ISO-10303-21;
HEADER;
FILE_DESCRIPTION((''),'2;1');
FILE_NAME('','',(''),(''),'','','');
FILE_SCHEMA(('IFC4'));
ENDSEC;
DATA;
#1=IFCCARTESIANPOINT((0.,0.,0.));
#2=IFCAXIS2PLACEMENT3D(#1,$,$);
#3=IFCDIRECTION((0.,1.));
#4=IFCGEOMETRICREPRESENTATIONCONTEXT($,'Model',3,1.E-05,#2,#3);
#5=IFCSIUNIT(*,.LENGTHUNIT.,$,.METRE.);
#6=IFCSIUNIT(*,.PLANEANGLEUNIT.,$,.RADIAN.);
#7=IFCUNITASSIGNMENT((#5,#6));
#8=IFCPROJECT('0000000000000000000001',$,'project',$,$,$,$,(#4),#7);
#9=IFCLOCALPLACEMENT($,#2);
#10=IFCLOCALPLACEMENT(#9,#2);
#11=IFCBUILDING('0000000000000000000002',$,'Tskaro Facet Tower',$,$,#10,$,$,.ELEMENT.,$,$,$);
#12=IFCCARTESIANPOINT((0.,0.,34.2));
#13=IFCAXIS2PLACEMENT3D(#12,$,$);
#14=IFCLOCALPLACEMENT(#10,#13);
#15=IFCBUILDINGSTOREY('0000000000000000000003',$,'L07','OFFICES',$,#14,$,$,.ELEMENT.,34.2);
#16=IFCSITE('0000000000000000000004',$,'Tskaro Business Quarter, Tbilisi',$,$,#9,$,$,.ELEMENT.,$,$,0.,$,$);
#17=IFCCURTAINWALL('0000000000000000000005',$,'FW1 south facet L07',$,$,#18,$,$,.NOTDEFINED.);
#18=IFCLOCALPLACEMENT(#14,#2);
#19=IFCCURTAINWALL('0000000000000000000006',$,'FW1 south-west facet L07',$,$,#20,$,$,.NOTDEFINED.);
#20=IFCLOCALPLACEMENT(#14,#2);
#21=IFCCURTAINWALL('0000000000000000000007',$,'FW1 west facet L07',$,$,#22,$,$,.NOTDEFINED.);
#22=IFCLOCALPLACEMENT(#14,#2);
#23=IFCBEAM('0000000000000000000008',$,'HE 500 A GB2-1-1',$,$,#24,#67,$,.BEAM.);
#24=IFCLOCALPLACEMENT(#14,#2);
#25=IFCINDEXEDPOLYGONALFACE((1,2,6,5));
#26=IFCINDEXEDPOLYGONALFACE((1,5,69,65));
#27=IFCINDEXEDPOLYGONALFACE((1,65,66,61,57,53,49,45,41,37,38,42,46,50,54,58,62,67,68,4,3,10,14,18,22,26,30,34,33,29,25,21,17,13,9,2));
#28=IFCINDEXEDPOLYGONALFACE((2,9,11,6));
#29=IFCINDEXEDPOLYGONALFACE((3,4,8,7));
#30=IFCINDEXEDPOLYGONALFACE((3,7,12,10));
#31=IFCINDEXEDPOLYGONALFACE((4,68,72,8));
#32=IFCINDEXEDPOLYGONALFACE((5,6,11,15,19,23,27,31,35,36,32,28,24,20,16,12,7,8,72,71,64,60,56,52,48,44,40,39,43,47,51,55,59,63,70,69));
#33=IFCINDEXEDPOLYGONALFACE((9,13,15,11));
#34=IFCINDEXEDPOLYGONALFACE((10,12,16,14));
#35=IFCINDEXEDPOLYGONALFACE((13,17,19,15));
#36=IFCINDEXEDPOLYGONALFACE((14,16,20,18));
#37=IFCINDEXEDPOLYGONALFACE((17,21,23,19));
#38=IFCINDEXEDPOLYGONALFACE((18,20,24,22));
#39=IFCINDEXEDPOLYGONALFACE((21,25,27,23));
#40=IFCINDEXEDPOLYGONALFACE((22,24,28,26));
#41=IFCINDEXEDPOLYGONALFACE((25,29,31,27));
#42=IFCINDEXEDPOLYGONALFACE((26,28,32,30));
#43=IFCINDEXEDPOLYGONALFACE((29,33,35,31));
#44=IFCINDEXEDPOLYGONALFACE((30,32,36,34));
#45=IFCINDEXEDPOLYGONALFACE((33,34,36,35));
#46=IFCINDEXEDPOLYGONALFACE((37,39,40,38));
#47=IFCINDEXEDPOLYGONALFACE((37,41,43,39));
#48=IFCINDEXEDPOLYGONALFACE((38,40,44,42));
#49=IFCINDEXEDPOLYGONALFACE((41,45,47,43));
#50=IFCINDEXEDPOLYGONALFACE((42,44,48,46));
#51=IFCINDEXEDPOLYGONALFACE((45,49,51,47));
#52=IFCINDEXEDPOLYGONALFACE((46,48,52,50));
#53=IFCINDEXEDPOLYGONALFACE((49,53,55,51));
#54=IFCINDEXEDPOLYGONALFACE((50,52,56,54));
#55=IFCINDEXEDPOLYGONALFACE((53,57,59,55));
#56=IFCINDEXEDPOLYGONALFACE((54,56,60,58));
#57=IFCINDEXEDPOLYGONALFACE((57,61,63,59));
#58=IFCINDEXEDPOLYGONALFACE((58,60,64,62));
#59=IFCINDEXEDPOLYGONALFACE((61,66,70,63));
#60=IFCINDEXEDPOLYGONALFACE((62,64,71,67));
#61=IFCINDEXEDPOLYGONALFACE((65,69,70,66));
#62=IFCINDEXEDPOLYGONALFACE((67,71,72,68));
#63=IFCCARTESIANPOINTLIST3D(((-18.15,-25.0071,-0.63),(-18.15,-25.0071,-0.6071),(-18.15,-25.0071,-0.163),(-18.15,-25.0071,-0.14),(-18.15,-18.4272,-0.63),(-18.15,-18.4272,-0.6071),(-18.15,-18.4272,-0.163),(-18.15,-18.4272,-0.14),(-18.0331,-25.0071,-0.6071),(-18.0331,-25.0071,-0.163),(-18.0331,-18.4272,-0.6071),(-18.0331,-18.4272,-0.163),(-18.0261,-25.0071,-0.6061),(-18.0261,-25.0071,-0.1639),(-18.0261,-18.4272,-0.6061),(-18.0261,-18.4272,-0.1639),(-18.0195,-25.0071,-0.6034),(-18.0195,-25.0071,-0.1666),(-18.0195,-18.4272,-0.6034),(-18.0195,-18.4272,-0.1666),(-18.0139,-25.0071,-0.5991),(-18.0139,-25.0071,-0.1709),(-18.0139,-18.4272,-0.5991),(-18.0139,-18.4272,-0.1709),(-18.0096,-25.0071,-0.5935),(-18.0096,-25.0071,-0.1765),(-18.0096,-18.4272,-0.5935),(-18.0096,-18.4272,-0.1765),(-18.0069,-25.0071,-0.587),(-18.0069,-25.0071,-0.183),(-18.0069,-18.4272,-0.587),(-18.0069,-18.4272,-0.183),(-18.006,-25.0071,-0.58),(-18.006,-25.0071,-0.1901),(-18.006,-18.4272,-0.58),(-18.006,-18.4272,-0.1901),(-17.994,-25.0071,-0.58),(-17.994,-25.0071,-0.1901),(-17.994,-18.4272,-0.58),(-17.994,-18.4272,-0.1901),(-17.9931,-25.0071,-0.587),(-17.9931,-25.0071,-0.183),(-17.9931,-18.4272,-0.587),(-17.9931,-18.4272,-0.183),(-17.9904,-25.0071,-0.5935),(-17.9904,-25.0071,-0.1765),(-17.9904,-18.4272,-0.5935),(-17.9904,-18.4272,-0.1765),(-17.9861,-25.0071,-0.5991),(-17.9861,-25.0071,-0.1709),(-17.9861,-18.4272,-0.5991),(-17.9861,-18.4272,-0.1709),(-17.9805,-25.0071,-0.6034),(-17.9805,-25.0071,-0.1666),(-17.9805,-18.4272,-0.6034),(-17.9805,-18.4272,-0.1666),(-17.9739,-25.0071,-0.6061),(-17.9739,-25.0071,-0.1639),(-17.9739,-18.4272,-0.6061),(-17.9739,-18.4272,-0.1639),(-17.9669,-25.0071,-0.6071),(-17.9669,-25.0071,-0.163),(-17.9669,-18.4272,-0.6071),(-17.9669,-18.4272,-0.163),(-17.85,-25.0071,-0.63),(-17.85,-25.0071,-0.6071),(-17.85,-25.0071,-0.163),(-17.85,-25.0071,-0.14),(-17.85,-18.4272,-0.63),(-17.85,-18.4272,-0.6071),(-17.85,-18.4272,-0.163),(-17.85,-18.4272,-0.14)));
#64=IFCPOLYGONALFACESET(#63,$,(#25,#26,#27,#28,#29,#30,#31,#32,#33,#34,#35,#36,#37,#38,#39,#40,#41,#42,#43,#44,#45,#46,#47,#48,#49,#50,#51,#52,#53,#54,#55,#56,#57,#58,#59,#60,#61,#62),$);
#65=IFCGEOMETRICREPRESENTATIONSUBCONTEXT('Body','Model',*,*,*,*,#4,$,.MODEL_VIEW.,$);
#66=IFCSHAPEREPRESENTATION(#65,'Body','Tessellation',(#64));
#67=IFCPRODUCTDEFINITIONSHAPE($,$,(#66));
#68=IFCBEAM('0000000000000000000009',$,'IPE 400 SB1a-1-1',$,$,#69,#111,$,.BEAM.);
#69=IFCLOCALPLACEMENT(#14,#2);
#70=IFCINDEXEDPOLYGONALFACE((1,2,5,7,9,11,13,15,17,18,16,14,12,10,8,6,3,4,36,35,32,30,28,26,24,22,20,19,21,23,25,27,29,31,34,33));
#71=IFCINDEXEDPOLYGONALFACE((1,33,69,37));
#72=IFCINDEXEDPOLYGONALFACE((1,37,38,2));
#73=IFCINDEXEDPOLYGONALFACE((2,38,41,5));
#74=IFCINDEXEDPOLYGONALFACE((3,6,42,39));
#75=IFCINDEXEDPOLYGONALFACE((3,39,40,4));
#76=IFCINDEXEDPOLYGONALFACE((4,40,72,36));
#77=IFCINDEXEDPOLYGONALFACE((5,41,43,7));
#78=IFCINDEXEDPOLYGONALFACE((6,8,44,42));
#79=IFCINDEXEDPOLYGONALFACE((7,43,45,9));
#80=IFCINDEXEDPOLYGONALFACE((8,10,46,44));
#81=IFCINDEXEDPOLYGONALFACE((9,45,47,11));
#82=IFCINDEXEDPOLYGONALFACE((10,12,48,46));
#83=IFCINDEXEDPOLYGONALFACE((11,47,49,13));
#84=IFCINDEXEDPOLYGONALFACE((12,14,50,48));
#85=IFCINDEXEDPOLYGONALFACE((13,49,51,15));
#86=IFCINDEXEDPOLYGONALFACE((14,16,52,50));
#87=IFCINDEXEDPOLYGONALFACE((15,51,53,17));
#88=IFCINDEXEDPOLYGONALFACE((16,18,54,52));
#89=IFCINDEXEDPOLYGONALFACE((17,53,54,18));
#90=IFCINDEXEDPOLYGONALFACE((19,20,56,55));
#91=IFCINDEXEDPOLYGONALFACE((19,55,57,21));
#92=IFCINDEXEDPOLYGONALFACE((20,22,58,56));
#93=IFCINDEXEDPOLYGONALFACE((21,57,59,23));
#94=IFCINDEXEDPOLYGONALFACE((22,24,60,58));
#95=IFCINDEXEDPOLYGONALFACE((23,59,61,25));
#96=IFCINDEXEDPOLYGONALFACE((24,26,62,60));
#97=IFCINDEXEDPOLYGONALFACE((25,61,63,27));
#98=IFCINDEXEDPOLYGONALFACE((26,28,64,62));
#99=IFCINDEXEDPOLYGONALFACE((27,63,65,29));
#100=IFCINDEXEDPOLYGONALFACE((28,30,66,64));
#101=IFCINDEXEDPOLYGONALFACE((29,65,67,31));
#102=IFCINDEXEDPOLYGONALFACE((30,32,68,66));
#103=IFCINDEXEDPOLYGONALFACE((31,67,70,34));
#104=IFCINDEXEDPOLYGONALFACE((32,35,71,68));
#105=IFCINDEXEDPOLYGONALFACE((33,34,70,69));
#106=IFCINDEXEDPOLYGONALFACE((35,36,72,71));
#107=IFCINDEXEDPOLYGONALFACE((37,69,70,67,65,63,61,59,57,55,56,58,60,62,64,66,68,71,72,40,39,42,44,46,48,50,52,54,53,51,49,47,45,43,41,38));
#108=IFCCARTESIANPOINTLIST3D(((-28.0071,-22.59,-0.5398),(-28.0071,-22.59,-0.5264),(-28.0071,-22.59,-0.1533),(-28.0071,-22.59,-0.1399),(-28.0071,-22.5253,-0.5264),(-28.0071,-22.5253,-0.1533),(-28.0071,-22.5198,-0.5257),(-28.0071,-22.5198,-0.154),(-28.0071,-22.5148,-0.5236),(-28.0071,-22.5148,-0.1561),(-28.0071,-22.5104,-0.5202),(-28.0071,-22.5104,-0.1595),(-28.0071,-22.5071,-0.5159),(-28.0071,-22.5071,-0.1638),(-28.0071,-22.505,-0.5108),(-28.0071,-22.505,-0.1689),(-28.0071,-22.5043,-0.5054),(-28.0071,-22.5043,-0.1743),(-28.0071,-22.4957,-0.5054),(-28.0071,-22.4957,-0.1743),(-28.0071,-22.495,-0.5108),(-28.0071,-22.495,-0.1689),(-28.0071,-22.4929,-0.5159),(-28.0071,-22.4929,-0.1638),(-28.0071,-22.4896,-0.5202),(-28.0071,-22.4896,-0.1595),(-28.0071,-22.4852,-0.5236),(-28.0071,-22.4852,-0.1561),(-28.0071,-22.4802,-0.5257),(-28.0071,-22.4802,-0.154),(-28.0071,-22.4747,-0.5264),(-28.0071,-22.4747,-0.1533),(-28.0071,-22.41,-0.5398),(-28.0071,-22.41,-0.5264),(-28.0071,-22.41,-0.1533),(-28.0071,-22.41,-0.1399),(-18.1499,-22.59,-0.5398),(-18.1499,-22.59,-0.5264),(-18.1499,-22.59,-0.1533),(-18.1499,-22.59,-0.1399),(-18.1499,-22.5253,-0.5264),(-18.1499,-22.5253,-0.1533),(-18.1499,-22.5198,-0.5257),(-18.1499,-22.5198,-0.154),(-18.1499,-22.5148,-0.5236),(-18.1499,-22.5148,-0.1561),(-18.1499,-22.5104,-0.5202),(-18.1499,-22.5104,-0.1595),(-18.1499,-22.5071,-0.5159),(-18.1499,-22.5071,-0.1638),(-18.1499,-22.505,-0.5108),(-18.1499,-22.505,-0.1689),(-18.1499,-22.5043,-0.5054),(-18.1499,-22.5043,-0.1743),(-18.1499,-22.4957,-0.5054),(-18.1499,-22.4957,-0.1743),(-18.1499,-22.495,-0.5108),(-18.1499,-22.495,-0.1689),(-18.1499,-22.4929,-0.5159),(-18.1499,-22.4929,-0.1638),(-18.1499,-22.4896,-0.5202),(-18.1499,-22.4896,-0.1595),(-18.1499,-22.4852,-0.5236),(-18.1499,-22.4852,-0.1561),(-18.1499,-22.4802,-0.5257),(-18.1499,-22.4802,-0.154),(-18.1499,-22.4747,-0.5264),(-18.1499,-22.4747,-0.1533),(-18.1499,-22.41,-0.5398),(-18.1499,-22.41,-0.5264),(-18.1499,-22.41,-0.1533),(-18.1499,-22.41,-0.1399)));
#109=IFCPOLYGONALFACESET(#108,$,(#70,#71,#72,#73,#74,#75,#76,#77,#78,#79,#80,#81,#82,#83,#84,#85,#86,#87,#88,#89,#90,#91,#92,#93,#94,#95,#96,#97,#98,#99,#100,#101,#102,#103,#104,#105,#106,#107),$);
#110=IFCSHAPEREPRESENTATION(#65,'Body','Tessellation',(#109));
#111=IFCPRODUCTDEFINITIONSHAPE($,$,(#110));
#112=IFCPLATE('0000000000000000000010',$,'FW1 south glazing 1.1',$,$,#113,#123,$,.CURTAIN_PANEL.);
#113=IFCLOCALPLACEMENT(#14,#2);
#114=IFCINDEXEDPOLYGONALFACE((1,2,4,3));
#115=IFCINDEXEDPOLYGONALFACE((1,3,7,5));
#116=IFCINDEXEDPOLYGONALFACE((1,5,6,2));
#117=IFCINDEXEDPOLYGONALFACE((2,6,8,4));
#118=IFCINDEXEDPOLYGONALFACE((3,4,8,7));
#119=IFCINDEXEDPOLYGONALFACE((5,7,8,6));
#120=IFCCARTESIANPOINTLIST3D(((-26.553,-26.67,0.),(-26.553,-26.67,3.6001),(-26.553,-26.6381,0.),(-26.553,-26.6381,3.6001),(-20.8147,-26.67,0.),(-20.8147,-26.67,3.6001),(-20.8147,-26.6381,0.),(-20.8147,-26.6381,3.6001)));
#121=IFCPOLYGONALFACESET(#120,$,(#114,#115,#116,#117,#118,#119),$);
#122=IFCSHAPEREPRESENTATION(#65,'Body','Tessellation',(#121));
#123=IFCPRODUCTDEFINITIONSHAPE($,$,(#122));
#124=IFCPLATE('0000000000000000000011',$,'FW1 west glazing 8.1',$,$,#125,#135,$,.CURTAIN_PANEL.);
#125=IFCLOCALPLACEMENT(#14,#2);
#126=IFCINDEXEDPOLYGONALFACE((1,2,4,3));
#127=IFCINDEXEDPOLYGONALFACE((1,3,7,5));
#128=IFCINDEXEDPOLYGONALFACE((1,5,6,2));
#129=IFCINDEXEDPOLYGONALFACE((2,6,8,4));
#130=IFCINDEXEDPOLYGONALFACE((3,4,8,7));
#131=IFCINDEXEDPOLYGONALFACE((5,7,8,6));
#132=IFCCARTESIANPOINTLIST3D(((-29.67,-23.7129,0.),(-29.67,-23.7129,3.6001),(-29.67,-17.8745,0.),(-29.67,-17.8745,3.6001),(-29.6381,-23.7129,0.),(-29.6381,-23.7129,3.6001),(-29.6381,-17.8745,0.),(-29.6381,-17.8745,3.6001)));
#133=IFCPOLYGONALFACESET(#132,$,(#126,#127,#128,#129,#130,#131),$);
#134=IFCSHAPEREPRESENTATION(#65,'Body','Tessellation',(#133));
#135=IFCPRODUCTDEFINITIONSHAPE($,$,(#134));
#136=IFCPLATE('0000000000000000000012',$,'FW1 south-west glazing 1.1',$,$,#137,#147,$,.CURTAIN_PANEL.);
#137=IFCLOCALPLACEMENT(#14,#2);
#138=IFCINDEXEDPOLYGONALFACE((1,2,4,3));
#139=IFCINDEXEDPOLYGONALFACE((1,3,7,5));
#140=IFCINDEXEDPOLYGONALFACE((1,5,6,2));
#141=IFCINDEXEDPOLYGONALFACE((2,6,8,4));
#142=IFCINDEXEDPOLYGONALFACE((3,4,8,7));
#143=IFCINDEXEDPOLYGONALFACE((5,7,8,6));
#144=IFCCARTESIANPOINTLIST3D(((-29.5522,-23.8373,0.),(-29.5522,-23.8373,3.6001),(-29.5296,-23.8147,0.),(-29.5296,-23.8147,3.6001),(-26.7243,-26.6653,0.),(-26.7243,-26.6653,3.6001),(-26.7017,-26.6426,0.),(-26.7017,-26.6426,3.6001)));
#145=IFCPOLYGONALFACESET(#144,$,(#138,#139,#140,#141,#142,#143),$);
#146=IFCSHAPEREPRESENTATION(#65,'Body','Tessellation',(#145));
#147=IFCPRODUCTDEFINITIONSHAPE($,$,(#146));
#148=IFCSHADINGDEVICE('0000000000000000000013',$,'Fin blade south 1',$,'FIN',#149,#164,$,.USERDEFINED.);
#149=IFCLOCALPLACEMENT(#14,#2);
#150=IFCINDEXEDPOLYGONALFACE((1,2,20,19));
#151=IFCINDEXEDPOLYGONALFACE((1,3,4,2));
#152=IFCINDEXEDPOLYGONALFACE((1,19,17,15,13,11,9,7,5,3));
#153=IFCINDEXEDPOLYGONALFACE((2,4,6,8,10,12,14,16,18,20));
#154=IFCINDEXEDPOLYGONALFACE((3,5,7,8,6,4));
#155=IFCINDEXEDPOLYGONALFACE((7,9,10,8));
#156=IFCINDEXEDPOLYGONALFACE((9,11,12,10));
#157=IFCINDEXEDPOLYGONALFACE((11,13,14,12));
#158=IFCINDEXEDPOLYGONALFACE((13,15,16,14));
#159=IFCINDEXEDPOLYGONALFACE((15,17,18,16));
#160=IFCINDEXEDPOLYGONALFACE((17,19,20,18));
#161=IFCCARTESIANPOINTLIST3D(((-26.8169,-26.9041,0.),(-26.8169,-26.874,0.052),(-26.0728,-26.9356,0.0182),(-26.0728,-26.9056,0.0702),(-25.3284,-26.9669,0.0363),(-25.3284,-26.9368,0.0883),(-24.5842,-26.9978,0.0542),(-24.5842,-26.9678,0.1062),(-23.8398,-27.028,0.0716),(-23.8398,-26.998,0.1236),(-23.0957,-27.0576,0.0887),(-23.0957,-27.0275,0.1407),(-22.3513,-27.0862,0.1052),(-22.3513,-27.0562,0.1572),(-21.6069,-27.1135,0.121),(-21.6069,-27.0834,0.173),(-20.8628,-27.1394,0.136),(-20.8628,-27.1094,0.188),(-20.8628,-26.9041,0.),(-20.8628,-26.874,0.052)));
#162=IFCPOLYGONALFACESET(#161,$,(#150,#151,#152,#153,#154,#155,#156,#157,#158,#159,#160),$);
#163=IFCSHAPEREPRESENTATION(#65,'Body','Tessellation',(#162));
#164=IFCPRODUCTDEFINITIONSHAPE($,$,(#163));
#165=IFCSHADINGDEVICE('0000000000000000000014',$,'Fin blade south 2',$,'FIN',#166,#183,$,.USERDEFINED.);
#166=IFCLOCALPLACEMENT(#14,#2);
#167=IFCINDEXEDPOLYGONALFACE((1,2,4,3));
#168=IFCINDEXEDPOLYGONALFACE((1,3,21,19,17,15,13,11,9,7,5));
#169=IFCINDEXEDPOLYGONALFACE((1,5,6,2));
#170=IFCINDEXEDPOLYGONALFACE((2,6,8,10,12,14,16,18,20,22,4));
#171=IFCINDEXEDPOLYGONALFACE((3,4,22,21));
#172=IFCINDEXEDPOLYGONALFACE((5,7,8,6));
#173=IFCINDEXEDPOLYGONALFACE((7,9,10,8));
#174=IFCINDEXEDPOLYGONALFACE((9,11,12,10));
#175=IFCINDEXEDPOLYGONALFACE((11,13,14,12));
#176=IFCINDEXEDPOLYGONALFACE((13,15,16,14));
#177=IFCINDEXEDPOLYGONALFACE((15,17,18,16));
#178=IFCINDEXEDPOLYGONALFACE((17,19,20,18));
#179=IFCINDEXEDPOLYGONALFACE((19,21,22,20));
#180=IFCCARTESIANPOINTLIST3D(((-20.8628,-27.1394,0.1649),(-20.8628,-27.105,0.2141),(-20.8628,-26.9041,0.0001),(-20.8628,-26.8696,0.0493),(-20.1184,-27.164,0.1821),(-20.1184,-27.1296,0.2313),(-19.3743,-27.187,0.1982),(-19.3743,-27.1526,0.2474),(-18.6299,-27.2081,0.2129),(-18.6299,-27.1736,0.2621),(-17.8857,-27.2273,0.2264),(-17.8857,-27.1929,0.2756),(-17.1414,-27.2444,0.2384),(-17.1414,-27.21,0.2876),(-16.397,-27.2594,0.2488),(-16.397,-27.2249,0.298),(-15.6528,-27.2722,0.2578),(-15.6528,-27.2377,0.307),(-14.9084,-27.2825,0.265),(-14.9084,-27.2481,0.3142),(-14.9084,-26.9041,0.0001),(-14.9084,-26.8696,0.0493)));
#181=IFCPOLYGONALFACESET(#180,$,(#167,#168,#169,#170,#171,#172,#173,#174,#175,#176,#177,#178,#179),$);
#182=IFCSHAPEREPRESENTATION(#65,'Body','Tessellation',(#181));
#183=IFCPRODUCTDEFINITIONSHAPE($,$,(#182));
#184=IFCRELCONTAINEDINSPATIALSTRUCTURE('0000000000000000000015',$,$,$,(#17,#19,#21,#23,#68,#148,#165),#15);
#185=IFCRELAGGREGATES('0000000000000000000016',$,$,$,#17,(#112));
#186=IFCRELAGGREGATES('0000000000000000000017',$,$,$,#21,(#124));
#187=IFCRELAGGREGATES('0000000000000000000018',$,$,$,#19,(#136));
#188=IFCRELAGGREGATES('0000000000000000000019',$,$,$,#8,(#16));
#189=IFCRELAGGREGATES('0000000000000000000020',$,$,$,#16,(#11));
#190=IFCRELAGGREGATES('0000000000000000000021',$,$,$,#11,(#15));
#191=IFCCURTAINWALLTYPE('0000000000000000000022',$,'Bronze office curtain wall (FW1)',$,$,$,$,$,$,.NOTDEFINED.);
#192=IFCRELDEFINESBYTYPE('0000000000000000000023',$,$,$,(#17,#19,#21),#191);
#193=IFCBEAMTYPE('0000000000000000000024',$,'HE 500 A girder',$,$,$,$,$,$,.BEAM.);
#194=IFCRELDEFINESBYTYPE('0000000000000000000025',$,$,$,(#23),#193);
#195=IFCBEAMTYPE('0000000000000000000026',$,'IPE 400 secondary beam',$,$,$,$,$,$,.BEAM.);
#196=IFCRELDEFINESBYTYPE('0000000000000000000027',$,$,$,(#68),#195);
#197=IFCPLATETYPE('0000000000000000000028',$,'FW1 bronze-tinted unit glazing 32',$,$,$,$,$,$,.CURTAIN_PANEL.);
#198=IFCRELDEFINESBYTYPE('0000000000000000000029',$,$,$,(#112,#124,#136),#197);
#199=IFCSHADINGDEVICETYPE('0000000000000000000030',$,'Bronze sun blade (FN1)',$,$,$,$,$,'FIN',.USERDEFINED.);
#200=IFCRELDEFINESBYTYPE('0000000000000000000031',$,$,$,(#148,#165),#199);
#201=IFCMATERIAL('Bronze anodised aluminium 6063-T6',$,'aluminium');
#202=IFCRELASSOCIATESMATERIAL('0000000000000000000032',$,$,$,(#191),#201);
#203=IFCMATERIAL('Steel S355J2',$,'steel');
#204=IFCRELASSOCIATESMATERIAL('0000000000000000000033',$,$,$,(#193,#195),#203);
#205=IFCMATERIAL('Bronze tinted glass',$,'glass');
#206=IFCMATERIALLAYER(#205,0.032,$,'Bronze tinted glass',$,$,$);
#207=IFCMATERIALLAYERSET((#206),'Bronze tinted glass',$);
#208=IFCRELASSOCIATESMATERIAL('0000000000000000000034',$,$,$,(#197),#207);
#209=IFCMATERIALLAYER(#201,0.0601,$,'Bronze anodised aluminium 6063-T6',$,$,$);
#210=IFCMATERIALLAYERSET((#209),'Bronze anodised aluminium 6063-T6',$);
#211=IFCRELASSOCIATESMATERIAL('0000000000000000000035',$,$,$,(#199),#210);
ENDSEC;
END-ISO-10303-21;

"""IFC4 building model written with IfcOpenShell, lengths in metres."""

from ifc_helpers import new_model, si_unit, direction, frame, origin, origin_2d, place, context, subcontext, project, spatial, polyline, rectangle, i_section, outline, extrude, material, layer, layer_set, material_profile, profile_set, type_object, element, aggregate, save


model = new_model("IFC4")

# Units and contexts
model_context = context("Model", 3, precision=1e-05, world=origin(), true_north=direction((0.0, 1.0)))
body_context = subcontext(model_context, "Body", "Model", "MODEL_VIEW")
ifc_project = project(units=[si_unit("LENGTHUNIT", "METRE"), si_unit("PLANEANGLEUNIT", "RADIAN")], contexts=[model_context])

# Site, building, storey
site_placement = place(None, origin())
site = spatial("IfcSite", under=ifc_project, at=site_placement, Name="Tskaro Business Quarter, Tbilisi", CompositionType="ELEMENT", RefElevation=0.0)
building_placement = place(site_placement, origin())
building = spatial("IfcBuilding", under=site, at=building_placement, Name="Tskaro Facet Tower", CompositionType="ELEMENT")
storey_placement = place(building_placement, frame((0.0, 0.0, 34.2)))
storey = spatial("IfcBuildingStorey", under=building, at=storey_placement, Name="L07", Description="OFFICES", CompositionType="ELEMENT", Elevation=34.2)

# Curtain walls
ifc_material_1 = material(Name="Bronze anodised aluminium 6063-T6", Category="aluminium")
curtain_wall_type = type_object("IfcCurtainWallType", Name="Bronze office curtain wall (FW1)", PredefinedType="NOTDEFINED", material=ifc_material_1)
curtain_wall_1_placement = place(storey_placement, origin())
curtain_wall_1 = element("IfcCurtainWall", 1, at=curtain_wall_1_placement, inside=storey, type_object=curtain_wall_type, Name="FW1 south facet L07", PredefinedType="NOTDEFINED")
curtain_wall_2_placement = place(storey_placement, origin())
curtain_wall_2 = element("IfcCurtainWall", 2, at=curtain_wall_2_placement, inside=storey, type_object=curtain_wall_type, Name="FW1 south-west facet L07", PredefinedType="NOTDEFINED")

# Curtain wall
curtain_wall_3_placement = place(storey_placement, origin())
curtain_wall_3 = element("IfcCurtainWall", 3, at=curtain_wall_3_placement, inside=storey, type_object=curtain_wall_type, Name="FW1 west facet L07", PredefinedType="NOTDEFINED")

# Beams
ifc_material_2 = material(Name="Steel S355J2", Category="steel")
ifc_material_profile_1 = material_profile(ifc_material_2, i_section(OverallWidth=0.3, OverallDepth=0.49, WebThickness=0.012, FlangeThickness=0.0229, FilletRadius=0.0271, at=origin_2d()), Name="HE 500 A")
ifc_profile_set_1 = profile_set([ifc_material_profile_1], Name="Steel S355J2")
beam_type_1 = type_object("IfcBeamType", Name="HE 500 A girder", PredefinedType="BEAM", material=ifc_profile_set_1)
beam_1_placement = place(storey_placement, frame((-18.0, -25.0071, -0.385), z_axis=(0.0, 1.0, 0.0), x_axis=(-1.0, 0.0, 0.0)))
element("IfcBeam", 4, at=beam_1_placement, inside=storey, type_object=beam_type_1, Name="HE 500 A GB2-1-1", PredefinedType="BEAM", context=body_context, shape_type="SweptSolid", body=[
    extrude(i_section(OverallWidth=0.3, OverallDepth=0.49, WebThickness=0.012, FlangeThickness=0.0229, FilletRadius=0.0271, at=origin_2d()), origin(), (0.0, 0.0, 1.0), 6.5798),
])
ifc_material_profile_2 = material_profile(ifc_material_2, i_section(OverallWidth=0.1799, OverallDepth=0.3999, WebThickness=0.0085, FlangeThickness=0.0134, FilletRadius=0.021, at=origin_2d()), Name="IPE 400")
ifc_profile_set_2 = profile_set([ifc_material_profile_2], Name="Steel S355J2")
beam_type_2 = type_object("IfcBeamType", Name="IPE 400 secondary beam", PredefinedType="BEAM", material=ifc_profile_set_2)
beam_2_placement = place(storey_placement, frame((-28.0071, -22.5, -0.3398), z_axis=(1.0, 0.0, 0.0), x_axis=(0.0, 1.0, 0.0)))
element("IfcBeam", 5, at=beam_2_placement, inside=storey, type_object=beam_type_2, Name="IPE 400 SB1a-1-1", PredefinedType="BEAM", context=body_context, shape_type="SweptSolid", body=[
    extrude(i_section(OverallWidth=0.1799, OverallDepth=0.3999, WebThickness=0.0085, FlangeThickness=0.0134, FilletRadius=0.021, at=origin_2d()), origin(), (0.0, 0.0, 1.0), 9.8572),
])

# Plates
ifc_material_3 = material(Name="Bronze tinted glass", Category="glass")
ifc_layer_1 = layer(ifc_material_3, 0.032, Name="Bronze tinted glass")
ifc_layer_set_1 = layer_set([ifc_layer_1], Name="Bronze tinted glass")
plate_type = type_object("IfcPlateType", Name="FW1 bronze-tinted unit glazing 32", PredefinedType="CURTAIN_PANEL", material=ifc_layer_set_1)
plate_1_placement = place(storey_placement, frame((-23.6838, -26.6541, 0.0), z_axis=(0.0, 0.0, 1.0), x_axis=(1.0, 0.0, 0.0)))
plate_1 = element("IfcPlate", 6, at=plate_1_placement, type_object=plate_type, Name="FW1 south glazing 1.1", PredefinedType="CURTAIN_PANEL", context=body_context, shape_type="SweptSolid", body=[
    extrude(rectangle(XDim=5.7383, YDim=0.032, at=origin_2d()), origin(), (0.0, 0.0, 1.0), 3.6001),
])
aggregate(curtain_wall_1, [plate_1])
plate_2_placement = place(storey_placement, frame((-29.6541, -20.7937, 0.0), z_axis=(0.0, 0.0, 1.0), x_axis=(0.0, -1.0, 0.0)))
plate_2 = element("IfcPlate", 7, at=plate_2_placement, type_object=plate_type, Name="FW1 west glazing 8.1", PredefinedType="CURTAIN_PANEL", context=body_context, shape_type="SweptSolid", body=[
    extrude(rectangle(XDim=5.8384, YDim=0.032, at=origin_2d()), origin(), (0.0, 0.0, 1.0), 3.6001),
])
aggregate(curtain_wall_3, [plate_2])
plate_3_placement = place(storey_placement, frame((-28.127, -25.24, 0.0), z_axis=(0.0, 0.0, 1.0), x_axis=(0.707107, -0.707107, 0.0)))
plate_3 = element("IfcPlate", 8, at=plate_3_placement, type_object=plate_type, Name="FW1 south-west glazing 1.1", PredefinedType="CURTAIN_PANEL", context=body_context, shape_type="SweptSolid", body=[
    extrude(rectangle(XDim=3.9993, YDim=0.032, at=origin_2d()), origin(), (0.0, 0.0, 1.0), 3.6001),
])
aggregate(curtain_wall_2, [plate_3])

# Shading devices
ifc_layer_2 = layer(ifc_material_1, 0.0601, Name="Bronze anodised aluminium 6063-T6")
ifc_layer_set_2 = layer_set([ifc_layer_2], Name="Bronze anodised aluminium 6063-T6")
shading_device_type = type_object("IfcShadingDeviceType", Name="Bronze sun blade (FN1)", ElementType="FIN", PredefinedType="USERDEFINED", material=ifc_layer_set_2)
shading_device_1_placement = place(storey_placement, frame((-26.8169, -26.874, 0.052), z_axis=(-0.000004, 0.500185, 0.865918), x_axis=(1.0, 0.000002, 0.000004)))
element("IfcShadingDevice", 9, at=shading_device_1_placement, inside=storey, type_object=shading_device_type, Name="Fin blade south 1", ObjectType="FIN", PredefinedType="USERDEFINED", context=body_context, shape_type="SweptSolid", body=[
    extrude(outline(polyline([(0.0, 0.0), (5.9541, 0.0), (5.9541, -0.2718), (5.21, -0.2418), (4.4656, -0.2103), (3.7212, -0.1773), (2.9771, -0.1432), (2.2327, -0.1083), (1.4885, -0.0725), (0.7441, -0.0364), (0.0, 0.0)])), origin(), (0.0, 0.0, -1.0), 0.0601),
])
shading_device_2_placement = place(storey_placement, frame((-20.8628, -26.8696, 0.0493), z_axis=(0.000003, 0.573468, 0.819228), x_axis=(1.0, -0.000001, -0.000002)))
element("IfcShadingDevice", 10, at=shading_device_2_placement, inside=storey, type_object=shading_device_type, Name="Fin blade south 2", ObjectType="FIN", PredefinedType="USERDEFINED", context=body_context, shape_type="SweptSolid", body=[
    extrude(outline(polyline([(0.0, 0.0), (5.9543, 0.0), (5.9543, -0.4619), (5.21, -0.4493), (4.4658, -0.4337), (3.7214, -0.4155), (2.9771, -0.3946), (2.2329, -0.3711), (1.4885, -0.3454), (0.7444, -0.3173), (0.0, -0.2873), (0.0, 0.0)])), origin(), (0.0, 0.0, -1.0), 0.0601),
])

save(model, "model.ifc")
